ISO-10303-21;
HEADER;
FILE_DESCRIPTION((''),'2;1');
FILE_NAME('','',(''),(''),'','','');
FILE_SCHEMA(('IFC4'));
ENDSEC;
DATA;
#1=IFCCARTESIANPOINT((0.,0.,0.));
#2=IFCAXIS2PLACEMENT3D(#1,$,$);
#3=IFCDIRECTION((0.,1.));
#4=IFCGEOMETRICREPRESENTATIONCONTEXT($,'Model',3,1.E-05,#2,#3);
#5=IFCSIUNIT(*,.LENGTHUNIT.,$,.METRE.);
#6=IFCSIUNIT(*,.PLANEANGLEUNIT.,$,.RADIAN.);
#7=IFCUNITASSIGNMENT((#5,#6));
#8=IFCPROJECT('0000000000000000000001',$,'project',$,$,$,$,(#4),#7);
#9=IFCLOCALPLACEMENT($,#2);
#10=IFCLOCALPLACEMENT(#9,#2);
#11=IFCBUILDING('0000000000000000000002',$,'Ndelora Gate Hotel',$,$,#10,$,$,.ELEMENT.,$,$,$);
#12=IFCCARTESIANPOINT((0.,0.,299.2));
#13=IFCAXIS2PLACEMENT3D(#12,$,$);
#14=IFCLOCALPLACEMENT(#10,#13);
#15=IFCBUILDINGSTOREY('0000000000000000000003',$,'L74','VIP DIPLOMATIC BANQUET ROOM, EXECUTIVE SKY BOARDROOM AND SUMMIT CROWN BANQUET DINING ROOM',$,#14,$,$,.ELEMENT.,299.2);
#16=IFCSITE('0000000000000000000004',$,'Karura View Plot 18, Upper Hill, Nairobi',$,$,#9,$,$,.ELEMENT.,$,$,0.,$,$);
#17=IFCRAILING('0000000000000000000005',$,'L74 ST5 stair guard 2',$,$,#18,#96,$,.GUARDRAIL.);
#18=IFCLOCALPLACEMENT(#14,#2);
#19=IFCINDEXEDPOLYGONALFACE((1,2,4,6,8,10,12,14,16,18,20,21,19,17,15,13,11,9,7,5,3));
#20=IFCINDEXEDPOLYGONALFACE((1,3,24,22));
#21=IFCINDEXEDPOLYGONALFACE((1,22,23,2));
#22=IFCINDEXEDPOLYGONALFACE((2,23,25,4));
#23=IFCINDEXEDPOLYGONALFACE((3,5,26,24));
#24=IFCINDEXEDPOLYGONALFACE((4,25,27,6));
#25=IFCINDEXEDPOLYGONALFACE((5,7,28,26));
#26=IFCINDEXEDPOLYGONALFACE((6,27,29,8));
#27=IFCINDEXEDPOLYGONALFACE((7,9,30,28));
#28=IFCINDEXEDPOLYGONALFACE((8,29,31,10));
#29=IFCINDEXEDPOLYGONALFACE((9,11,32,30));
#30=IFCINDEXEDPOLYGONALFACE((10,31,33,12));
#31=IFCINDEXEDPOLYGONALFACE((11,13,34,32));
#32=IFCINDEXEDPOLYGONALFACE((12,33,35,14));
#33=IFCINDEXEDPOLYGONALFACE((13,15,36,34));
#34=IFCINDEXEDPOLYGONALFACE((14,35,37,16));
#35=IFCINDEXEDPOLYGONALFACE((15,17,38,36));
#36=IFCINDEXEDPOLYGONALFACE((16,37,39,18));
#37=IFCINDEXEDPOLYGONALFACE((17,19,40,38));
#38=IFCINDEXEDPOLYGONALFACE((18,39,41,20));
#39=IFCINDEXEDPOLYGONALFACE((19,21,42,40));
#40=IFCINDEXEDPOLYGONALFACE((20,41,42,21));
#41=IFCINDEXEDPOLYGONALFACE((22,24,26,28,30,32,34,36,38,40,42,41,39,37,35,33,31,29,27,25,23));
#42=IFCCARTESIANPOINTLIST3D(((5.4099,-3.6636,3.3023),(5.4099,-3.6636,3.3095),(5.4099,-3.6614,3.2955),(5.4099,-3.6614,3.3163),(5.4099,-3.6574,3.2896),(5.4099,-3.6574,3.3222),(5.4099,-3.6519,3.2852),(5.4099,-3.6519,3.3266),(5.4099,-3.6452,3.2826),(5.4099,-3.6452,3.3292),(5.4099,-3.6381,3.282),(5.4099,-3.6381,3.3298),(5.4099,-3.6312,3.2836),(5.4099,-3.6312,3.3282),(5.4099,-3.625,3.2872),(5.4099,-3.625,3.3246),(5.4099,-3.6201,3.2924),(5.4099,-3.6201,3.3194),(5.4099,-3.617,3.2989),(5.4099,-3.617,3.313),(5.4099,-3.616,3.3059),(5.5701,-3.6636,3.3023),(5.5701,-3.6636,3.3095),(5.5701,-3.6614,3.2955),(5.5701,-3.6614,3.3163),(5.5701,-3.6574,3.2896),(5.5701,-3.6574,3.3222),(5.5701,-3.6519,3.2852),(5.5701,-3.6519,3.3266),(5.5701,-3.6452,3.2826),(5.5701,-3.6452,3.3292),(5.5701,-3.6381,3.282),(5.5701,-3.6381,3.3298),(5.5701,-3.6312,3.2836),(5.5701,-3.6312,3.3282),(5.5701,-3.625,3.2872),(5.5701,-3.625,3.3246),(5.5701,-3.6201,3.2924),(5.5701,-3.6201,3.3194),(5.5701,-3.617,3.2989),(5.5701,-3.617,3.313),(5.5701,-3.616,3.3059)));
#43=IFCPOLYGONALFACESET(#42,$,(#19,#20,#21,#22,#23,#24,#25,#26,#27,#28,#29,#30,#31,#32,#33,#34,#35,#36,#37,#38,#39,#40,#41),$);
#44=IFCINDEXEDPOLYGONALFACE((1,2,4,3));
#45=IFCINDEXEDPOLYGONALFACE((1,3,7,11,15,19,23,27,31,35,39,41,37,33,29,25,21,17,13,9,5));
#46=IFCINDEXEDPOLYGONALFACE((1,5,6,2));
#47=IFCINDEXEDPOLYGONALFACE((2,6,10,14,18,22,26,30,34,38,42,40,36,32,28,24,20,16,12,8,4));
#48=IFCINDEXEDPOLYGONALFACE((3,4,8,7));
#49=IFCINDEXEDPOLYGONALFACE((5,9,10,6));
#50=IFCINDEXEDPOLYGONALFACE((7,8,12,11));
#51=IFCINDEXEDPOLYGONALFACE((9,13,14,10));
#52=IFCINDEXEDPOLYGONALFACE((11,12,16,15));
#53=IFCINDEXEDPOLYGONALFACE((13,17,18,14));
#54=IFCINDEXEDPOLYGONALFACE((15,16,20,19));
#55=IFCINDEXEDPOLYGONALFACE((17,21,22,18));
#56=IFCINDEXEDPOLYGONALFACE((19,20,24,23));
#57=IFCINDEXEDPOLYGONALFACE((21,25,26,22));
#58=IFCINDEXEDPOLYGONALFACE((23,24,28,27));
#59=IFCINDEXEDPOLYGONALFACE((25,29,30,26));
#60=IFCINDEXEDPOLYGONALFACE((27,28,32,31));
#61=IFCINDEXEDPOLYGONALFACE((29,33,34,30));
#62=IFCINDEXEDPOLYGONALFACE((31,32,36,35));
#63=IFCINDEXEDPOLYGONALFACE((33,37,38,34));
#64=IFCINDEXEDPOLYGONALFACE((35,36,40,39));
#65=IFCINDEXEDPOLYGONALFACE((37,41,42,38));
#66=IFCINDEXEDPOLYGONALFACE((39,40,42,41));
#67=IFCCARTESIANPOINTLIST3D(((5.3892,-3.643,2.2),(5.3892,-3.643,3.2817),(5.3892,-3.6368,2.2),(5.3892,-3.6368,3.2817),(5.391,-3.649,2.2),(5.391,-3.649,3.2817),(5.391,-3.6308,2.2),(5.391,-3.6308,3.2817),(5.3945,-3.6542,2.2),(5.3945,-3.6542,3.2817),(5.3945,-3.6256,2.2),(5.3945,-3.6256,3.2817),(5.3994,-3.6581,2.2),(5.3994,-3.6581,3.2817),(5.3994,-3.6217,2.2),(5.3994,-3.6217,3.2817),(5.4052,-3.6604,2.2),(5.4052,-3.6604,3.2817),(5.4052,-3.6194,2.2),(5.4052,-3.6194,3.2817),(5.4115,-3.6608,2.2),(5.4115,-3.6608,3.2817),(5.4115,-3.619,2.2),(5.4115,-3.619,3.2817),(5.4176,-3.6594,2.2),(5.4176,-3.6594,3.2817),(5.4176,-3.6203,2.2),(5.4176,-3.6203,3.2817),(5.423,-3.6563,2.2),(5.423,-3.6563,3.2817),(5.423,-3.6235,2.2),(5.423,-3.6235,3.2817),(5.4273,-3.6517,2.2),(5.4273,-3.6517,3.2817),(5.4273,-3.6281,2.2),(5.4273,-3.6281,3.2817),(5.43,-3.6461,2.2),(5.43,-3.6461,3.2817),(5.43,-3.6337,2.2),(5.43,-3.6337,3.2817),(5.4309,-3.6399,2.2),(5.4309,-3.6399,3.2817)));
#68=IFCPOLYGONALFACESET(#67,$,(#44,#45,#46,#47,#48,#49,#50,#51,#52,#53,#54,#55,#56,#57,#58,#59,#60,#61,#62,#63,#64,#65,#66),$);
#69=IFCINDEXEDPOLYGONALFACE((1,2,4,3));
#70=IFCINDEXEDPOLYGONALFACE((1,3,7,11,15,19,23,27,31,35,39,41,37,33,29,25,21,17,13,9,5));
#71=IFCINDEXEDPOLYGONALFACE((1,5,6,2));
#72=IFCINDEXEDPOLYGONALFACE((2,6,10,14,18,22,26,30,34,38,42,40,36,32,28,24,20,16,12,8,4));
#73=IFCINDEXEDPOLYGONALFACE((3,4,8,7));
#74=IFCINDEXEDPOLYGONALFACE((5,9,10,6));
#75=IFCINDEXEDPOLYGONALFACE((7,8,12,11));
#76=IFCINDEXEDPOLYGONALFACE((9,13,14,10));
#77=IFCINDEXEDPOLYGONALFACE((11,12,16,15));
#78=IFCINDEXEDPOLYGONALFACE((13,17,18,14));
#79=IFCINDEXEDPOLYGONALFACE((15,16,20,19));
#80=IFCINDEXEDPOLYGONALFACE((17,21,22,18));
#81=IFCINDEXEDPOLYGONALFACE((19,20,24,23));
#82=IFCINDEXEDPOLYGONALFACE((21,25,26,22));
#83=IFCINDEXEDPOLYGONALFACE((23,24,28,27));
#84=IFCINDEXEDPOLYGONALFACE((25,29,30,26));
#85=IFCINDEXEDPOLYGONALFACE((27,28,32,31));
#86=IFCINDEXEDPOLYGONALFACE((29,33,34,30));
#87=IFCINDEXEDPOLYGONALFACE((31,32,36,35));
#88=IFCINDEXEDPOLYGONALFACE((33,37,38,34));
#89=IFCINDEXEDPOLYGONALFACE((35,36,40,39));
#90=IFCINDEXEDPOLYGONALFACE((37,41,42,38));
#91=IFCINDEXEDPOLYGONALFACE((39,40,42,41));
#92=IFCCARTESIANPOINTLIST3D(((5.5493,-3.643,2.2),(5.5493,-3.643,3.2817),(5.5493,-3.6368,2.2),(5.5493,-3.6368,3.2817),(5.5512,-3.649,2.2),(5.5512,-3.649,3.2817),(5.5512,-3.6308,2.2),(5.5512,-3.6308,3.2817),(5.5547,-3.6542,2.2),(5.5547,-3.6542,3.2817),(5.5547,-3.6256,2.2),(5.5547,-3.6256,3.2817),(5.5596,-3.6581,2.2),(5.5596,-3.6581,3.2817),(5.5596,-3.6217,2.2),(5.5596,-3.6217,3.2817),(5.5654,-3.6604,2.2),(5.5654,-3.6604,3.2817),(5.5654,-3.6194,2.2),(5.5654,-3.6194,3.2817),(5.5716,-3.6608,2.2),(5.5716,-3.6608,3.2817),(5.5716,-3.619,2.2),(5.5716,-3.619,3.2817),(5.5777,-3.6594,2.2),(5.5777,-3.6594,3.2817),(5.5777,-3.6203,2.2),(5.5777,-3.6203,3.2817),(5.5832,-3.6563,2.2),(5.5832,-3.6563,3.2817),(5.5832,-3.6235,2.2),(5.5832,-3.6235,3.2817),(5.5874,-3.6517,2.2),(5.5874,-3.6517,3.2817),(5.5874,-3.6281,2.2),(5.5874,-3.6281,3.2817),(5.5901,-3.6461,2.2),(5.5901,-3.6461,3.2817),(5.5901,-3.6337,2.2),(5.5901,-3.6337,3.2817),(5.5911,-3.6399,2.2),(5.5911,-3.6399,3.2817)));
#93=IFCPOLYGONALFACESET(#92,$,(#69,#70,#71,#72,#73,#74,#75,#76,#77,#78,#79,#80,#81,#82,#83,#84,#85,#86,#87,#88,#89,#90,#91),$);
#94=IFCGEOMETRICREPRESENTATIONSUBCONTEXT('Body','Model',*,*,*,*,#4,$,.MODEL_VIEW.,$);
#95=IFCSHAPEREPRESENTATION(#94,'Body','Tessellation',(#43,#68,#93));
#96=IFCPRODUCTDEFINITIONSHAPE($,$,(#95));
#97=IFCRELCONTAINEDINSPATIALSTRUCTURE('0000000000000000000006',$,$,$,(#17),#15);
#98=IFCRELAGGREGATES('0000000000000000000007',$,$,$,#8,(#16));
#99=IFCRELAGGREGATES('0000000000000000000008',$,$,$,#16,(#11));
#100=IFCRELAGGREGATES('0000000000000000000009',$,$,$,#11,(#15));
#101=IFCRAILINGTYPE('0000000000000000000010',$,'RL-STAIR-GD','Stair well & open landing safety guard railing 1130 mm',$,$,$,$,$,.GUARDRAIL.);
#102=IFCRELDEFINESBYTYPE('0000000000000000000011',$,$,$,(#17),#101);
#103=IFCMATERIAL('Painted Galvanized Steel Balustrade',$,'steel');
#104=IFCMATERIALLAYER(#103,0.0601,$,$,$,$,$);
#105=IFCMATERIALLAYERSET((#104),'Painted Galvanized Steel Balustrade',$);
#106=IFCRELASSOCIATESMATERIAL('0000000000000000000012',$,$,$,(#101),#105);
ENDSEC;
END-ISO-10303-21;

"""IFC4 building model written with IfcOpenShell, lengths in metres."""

from ifc_helpers import new_model, si_unit, direction, frame, origin, origin_2d, place, context, subcontext, project, spatial, circle, extrude, material, layer, layer_set, type_object, element, save


model = new_model("IFC4")

# Units and contexts
model_context = context("Model", 3, precision=1e-05, world=origin(), true_north=direction((0.0, 1.0)))
body_context = subcontext(model_context, "Body", "Model", "MODEL_VIEW")
ifc_project = project(units=[si_unit("LENGTHUNIT", "METRE"), si_unit("PLANEANGLEUNIT", "RADIAN")], contexts=[model_context])

# Site, building, storey
site_placement = place(None, origin())
site = spatial("IfcSite", under=ifc_project, at=site_placement, Name="Karura View Plot 18, Upper Hill, Nairobi", CompositionType="ELEMENT", RefElevation=0.0)
building_placement = place(site_placement, origin())
building = spatial("IfcBuilding", under=site, at=building_placement, Name="Ndelora Gate Hotel", CompositionType="ELEMENT")
storey_placement = place(building_placement, frame((0.0, 0.0, 299.2)))
storey = spatial("IfcBuildingStorey", under=building, at=storey_placement, Name="L74", Description="VIP DIPLOMATIC BANQUET ROOM, EXECUTIVE SKY BOARDROOM AND SUMMIT CROWN BANQUET DINING ROOM", CompositionType="ELEMENT", Elevation=299.2)

# Railing
ifc_material_1 = material(Name="Painted Galvanized Steel Balustrade", Category="steel")
ifc_layer_1 = layer(ifc_material_1, 0.0601)
ifc_layer_set_1 = layer_set([ifc_layer_1], Name="Painted Galvanized Steel Balustrade")
railing_type_1 = type_object("IfcRailingType", Name="RL-STAIR-GD", Description="Stair well & open landing safety guard railing 1130 mm", PredefinedType="GUARDRAIL", material=ifc_layer_set_1)
railing_1_placement = place(storey_placement, frame((5.4099, -3.6399, 2.2)))
element("IfcRailing", 1, at=railing_1_placement, inside=storey, type_object=railing_type_1, Name="L74 ST5 stair guard 2", PredefinedType="GUARDRAIL", context=body_context, shape_type="SweptSolid", body=[
    extrude(circle(Radius=0.0239, at=origin_2d()), frame((0.0, 0.0, 1.106), z_axis=(1.0, 0.0, 0.0), x_axis=(0.0, 1.0, 0.0)), (0.0, 0.0, 1.0), 0.1602),
    extrude(circle(Radius=0.021, at=origin_2d()), origin(), (0.0, 0.0, 1.0), 1.0818),
    extrude(circle(Radius=0.021, at=origin_2d()), frame((0.1602, 0.0, 0.0)), (0.0, 0.0, 1.0), 1.0818),
])

save(model, "model.ifc")
